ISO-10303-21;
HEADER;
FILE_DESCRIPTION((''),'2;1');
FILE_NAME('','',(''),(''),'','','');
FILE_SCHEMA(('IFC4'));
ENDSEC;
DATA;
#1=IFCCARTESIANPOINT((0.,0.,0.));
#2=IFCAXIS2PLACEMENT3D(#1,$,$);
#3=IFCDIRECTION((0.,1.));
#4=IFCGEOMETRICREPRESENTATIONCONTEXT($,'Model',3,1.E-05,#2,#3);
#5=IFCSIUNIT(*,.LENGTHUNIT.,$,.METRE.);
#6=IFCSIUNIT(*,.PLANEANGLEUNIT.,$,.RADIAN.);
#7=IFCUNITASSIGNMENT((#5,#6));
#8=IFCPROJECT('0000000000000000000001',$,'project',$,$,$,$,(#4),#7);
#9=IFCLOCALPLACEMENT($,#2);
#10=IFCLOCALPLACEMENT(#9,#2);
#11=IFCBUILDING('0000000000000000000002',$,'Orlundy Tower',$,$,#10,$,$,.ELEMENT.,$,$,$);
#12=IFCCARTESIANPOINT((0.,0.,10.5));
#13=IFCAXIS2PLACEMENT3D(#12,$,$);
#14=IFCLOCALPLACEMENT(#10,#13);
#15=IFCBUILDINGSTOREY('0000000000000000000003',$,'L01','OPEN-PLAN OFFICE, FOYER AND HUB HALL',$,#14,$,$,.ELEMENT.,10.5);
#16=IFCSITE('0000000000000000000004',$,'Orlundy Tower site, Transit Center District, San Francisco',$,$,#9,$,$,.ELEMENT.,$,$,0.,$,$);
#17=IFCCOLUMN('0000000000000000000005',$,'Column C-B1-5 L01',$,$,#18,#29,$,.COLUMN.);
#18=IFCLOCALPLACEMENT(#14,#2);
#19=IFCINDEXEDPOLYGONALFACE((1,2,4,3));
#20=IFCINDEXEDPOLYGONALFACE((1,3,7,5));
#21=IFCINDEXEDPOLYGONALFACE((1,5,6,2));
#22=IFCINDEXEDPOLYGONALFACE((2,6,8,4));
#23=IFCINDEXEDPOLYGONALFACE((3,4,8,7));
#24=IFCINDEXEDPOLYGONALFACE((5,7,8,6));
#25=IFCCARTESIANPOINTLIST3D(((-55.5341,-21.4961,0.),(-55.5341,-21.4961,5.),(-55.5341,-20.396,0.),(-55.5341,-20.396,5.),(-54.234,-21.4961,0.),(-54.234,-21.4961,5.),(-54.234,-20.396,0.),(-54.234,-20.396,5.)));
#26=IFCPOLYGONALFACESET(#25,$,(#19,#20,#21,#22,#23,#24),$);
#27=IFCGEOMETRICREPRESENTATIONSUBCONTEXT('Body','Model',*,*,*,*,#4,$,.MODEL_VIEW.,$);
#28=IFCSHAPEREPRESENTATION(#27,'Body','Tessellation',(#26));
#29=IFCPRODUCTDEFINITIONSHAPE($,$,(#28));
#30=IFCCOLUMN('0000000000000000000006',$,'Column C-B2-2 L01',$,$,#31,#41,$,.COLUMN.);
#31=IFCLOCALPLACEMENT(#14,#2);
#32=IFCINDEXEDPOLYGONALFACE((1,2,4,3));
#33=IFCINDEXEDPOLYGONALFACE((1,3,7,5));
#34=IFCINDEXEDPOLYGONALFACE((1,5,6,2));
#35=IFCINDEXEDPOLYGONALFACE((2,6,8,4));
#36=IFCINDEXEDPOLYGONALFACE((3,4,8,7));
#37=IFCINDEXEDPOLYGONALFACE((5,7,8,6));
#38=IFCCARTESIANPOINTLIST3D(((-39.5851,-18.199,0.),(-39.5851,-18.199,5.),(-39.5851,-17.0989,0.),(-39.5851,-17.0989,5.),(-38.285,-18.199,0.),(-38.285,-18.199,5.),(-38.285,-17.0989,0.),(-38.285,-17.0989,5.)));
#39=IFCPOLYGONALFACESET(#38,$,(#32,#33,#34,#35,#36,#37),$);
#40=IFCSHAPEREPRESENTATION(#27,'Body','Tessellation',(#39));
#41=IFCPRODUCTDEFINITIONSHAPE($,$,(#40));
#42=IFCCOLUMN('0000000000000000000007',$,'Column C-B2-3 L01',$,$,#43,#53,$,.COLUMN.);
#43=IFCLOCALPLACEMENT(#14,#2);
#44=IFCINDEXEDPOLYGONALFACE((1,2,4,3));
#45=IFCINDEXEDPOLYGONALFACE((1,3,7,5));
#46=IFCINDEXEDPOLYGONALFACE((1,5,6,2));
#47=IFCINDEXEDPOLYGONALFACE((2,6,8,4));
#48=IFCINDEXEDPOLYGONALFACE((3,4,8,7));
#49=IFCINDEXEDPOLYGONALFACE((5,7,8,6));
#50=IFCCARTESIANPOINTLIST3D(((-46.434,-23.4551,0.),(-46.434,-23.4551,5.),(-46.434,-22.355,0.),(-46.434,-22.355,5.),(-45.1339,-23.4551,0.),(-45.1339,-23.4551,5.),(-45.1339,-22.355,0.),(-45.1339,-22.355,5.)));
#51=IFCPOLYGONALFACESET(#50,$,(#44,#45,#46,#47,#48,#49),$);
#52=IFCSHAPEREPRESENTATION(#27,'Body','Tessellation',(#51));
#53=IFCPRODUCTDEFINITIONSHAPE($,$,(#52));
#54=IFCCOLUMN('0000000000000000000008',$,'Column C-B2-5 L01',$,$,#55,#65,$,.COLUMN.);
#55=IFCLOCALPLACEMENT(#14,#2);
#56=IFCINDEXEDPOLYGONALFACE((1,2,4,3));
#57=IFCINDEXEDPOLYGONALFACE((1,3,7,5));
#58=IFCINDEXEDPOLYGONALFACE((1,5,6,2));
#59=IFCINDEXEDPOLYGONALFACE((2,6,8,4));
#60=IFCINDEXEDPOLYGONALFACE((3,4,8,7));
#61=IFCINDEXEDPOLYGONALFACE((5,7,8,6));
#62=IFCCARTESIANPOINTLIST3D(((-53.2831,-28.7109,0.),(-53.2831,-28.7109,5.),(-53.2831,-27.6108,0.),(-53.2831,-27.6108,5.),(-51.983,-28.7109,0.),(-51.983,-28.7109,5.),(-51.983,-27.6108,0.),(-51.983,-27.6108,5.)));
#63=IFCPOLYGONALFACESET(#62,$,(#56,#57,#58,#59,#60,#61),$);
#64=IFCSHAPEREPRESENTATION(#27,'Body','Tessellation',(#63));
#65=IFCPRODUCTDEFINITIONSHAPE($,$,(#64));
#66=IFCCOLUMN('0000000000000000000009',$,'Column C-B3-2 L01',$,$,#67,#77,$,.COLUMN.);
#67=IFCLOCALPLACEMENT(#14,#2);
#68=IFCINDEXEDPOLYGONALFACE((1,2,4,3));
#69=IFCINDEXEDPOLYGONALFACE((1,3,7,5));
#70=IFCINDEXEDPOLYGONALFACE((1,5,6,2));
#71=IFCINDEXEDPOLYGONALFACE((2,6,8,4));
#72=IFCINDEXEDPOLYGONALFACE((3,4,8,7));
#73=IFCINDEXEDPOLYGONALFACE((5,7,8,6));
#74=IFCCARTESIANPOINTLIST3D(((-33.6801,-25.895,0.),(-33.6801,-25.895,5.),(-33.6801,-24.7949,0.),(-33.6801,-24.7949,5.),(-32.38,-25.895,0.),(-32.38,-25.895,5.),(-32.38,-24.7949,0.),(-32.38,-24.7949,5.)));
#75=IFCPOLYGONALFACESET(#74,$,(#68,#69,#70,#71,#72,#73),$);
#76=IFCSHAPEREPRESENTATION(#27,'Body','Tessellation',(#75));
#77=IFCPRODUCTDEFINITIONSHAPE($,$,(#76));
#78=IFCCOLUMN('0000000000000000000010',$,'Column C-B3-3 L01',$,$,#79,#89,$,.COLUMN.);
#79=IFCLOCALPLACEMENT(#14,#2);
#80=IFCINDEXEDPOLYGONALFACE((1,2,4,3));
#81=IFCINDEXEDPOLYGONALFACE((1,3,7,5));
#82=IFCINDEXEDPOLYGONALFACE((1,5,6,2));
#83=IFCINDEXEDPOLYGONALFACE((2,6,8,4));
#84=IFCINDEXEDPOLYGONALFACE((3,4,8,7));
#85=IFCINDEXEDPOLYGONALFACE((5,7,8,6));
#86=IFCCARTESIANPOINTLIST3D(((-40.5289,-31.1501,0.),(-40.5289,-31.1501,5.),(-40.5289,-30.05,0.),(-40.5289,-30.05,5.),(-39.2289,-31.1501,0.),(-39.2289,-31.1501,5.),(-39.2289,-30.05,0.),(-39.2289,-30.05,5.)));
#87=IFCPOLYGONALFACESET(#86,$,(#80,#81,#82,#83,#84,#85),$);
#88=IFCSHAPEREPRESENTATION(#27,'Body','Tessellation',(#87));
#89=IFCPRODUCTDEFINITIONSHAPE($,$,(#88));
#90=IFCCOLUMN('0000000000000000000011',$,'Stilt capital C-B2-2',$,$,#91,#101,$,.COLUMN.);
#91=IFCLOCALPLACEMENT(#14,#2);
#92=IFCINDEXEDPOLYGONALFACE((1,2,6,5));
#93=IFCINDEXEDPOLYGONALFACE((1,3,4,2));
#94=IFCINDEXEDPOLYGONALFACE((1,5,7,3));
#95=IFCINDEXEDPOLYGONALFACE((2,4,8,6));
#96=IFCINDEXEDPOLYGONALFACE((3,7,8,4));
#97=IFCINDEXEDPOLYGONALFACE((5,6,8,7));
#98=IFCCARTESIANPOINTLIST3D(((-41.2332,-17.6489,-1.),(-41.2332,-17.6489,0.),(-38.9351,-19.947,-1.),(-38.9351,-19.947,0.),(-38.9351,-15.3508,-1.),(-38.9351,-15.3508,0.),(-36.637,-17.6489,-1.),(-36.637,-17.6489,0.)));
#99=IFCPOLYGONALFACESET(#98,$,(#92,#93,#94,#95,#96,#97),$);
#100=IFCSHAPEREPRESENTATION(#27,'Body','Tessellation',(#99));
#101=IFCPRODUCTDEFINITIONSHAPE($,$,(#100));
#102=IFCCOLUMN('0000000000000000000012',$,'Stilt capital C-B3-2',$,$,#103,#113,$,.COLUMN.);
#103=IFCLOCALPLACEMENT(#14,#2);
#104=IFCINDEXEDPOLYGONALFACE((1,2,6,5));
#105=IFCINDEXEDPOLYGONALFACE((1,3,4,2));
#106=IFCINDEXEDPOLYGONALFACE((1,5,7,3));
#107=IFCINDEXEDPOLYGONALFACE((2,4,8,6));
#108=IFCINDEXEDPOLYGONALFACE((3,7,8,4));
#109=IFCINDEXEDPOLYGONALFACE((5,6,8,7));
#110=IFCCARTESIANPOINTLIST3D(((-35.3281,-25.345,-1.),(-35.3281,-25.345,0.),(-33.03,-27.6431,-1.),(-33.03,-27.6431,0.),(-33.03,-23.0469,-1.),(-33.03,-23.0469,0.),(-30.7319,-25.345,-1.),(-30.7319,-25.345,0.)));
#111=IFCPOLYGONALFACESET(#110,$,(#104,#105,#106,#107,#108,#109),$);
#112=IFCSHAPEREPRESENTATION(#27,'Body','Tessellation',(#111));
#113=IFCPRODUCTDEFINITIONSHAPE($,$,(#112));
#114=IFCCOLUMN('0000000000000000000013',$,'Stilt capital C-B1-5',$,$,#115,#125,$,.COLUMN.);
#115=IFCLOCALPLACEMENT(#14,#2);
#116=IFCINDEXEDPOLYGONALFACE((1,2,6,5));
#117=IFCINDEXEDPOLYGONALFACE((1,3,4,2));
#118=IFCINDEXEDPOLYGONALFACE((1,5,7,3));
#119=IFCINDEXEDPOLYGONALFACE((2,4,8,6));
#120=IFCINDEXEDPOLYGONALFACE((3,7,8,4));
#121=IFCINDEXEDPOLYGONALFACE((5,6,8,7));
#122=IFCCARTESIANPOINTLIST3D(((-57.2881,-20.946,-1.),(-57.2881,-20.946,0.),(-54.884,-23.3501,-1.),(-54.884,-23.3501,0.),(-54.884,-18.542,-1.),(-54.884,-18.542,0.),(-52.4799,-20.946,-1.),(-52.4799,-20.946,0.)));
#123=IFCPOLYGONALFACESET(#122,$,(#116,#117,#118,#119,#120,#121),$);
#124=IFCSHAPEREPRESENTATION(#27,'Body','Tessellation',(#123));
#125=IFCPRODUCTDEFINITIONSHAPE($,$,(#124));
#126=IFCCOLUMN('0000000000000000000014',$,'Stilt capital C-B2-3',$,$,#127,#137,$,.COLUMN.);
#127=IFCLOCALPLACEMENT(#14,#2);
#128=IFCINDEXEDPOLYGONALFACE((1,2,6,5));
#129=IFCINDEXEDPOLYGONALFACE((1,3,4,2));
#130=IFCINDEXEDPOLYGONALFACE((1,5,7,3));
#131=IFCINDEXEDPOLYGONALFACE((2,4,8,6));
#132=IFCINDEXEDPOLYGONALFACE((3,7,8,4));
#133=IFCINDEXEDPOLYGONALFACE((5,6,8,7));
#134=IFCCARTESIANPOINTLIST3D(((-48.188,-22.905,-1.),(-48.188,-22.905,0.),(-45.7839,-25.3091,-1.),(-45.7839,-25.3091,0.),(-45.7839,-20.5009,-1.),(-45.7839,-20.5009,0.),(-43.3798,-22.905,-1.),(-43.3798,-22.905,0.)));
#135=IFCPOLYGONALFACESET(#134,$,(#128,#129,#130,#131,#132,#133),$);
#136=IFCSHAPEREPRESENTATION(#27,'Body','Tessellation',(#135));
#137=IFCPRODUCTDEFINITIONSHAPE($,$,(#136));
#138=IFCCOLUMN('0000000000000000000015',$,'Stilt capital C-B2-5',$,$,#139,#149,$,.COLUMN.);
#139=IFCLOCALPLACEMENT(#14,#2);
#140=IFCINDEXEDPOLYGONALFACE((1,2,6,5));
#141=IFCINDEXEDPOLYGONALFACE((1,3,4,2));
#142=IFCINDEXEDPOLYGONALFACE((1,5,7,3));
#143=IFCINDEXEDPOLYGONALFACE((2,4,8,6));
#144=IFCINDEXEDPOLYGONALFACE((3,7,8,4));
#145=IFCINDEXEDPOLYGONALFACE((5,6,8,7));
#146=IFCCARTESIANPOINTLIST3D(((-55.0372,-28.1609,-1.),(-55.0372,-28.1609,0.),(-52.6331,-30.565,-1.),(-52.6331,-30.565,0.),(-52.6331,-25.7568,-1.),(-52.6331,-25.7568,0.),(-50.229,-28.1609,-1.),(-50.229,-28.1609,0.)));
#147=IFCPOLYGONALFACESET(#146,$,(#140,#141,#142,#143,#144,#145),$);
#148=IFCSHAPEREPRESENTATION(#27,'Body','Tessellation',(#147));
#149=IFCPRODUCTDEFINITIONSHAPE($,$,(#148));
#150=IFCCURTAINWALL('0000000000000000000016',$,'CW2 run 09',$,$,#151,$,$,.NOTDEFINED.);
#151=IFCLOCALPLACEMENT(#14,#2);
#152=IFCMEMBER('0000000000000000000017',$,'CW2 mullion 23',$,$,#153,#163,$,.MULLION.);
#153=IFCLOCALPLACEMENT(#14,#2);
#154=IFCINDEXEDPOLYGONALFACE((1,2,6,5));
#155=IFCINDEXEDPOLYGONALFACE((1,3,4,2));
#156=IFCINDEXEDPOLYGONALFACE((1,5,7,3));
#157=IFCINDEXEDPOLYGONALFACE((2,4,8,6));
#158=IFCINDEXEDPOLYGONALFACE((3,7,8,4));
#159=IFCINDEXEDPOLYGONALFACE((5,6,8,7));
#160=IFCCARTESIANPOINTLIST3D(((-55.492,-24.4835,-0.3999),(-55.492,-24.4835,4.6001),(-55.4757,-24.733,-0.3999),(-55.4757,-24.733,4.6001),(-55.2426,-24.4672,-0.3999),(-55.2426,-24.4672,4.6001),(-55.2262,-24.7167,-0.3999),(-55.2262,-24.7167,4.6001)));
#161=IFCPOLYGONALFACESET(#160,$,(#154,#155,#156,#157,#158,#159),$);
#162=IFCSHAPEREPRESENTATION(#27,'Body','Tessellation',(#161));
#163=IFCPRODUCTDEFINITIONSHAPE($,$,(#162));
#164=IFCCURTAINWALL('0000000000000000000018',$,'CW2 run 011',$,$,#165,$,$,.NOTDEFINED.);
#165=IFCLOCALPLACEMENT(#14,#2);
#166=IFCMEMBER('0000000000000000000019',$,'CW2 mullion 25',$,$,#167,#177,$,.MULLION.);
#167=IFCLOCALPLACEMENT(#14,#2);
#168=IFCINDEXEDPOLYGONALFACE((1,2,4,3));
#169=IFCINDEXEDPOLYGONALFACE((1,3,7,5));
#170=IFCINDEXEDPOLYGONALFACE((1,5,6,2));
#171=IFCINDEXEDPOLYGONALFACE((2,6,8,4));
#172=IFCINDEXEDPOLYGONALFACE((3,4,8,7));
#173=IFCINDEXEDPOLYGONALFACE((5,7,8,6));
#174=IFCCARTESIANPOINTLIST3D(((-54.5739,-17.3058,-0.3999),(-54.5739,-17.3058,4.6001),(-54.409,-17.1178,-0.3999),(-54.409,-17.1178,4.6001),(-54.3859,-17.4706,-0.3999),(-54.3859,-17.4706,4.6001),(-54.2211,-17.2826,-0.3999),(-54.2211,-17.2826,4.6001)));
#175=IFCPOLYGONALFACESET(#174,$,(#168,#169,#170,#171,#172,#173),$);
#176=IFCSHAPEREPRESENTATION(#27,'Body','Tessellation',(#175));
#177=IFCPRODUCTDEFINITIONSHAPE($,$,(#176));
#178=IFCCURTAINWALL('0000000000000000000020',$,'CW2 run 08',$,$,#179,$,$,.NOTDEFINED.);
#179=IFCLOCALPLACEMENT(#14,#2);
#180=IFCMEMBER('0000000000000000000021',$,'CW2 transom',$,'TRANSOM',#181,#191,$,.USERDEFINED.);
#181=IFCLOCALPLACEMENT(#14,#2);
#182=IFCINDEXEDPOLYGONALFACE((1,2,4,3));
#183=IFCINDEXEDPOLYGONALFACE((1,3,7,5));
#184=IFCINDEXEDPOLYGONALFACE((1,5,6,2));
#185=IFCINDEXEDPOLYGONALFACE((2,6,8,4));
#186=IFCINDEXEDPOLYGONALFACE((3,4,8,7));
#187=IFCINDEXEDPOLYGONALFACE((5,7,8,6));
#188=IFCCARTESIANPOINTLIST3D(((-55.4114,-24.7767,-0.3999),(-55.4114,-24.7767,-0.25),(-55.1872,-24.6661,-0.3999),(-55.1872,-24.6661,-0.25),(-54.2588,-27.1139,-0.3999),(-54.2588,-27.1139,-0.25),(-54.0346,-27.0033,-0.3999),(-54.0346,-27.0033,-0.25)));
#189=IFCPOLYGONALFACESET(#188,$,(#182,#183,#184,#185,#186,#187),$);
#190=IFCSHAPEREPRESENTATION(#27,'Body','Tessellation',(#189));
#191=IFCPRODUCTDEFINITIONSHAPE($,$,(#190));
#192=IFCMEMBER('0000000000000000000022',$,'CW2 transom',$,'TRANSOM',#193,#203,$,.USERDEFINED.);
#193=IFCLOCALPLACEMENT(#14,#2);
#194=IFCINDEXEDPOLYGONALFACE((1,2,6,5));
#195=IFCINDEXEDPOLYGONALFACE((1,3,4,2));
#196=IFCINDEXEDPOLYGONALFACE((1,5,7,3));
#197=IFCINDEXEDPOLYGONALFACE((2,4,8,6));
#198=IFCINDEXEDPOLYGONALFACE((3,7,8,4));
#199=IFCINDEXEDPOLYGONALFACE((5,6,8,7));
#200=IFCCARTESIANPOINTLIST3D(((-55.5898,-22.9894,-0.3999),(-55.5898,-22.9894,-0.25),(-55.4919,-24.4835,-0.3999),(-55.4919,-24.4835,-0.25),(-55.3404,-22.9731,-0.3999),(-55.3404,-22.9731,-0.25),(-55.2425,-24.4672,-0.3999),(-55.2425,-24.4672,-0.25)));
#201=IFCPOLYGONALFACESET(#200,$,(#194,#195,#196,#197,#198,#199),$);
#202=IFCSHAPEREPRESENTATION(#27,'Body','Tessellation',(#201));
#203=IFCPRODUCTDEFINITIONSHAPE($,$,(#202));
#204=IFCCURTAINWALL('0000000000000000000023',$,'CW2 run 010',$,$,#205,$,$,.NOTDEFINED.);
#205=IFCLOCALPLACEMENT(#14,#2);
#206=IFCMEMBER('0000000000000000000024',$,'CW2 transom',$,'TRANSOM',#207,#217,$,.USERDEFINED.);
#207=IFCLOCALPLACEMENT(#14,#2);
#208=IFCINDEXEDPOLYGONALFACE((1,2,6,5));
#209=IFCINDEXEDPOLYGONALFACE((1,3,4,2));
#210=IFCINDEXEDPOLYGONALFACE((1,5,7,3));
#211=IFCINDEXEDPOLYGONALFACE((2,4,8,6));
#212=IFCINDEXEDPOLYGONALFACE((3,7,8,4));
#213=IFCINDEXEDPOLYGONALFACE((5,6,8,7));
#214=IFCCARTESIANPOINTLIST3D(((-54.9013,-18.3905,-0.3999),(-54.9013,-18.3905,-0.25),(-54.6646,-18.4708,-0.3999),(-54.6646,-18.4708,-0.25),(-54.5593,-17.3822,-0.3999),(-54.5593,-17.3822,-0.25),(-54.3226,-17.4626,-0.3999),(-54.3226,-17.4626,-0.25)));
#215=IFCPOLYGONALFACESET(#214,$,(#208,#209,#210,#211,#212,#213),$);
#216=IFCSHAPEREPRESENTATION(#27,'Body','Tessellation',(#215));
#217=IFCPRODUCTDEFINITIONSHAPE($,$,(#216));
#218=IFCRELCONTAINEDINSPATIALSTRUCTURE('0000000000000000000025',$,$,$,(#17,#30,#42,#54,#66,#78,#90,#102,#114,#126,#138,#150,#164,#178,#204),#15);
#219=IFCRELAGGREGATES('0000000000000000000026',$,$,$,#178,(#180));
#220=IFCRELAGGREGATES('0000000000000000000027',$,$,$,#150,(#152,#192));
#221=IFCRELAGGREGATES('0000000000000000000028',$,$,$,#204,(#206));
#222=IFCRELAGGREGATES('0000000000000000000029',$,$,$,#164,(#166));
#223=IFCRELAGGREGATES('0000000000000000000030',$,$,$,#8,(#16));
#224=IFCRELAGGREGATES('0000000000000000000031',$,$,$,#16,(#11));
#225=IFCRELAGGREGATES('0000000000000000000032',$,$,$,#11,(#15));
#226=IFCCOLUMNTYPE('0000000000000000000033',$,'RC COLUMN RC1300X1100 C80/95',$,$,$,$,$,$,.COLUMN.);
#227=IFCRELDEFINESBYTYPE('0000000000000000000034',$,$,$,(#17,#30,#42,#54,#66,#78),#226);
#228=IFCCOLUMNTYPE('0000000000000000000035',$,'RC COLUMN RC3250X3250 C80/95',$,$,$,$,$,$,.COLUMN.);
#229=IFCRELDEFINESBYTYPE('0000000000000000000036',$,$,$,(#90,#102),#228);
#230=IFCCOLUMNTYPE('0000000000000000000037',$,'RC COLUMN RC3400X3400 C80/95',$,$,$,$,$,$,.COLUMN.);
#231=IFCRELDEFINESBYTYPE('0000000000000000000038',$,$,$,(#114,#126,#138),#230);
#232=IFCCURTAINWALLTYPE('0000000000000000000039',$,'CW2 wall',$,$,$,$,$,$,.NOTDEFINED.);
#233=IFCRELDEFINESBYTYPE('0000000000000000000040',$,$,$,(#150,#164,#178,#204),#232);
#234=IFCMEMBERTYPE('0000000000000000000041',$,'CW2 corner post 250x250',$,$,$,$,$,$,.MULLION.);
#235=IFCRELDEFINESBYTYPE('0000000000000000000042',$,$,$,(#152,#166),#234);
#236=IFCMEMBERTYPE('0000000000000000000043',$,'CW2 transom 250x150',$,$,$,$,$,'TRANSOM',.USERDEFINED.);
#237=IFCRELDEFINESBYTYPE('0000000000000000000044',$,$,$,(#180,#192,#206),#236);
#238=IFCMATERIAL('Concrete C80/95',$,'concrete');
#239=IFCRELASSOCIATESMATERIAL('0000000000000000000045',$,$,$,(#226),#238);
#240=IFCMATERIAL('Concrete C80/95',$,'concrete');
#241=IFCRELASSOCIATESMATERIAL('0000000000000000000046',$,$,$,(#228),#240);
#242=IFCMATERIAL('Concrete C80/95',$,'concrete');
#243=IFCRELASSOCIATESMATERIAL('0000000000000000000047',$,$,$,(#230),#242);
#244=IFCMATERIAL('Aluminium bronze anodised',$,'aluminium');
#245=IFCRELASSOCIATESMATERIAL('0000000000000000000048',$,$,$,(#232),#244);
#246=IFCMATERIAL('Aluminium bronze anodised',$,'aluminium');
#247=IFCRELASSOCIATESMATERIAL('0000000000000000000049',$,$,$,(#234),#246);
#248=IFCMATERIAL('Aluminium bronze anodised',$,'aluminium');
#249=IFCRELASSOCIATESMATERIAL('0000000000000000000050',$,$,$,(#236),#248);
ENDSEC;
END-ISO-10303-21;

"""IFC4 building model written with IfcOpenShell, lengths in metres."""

from ifc_helpers import new_model, si_unit, direction, frame, origin, origin_2d, place, context, subcontext, project, spatial, rectangle, extrude, material, material_profile, profile_set, type_object, element, aggregate, save


model = new_model("IFC4")

# Units and contexts
model_context = context("Model", 3, precision=1e-05, world=origin(), true_north=direction((0.0, 1.0)))
body_context = subcontext(model_context, "Body", "Model", "MODEL_VIEW")
ifc_project = project(units=[si_unit("LENGTHUNIT", "METRE"), si_unit("PLANEANGLEUNIT", "RADIAN")], contexts=[model_context])

# Site, building, storey
site_placement = place(None, origin())
site = spatial("IfcSite", under=ifc_project, at=site_placement, Name="Orlundy Tower site, Transit Center District, San Francisco", CompositionType="ELEMENT", RefElevation=0.0)
building_placement = place(site_placement, origin())
building = spatial("IfcBuilding", under=site, at=building_placement, Name="Orlundy Tower", CompositionType="ELEMENT")
storey_placement = place(building_placement, frame((0.0, 0.0, 10.5)))
storey = spatial("IfcBuildingStorey", under=building, at=storey_placement, Name="L01", Description="OPEN-PLAN OFFICE, FOYER AND HUB HALL", CompositionType="ELEMENT", Elevation=10.5)

# Columns
ifc_material_1 = material(Name="Concrete C80/95", Category="concrete")
ifc_material_profile_1 = material_profile(ifc_material_1, rectangle(XDim=1.3, YDim=1.1001, at=origin_2d()), Name="RC1300X1100")
ifc_profile_set_1 = profile_set([ifc_material_profile_1], Name="Concrete C80/95")
column_type_1 = type_object("IfcColumnType", Name="RC COLUMN RC1300X1100 C80/95", PredefinedType="COLUMN", material=ifc_profile_set_1)
for number, where, z_axis, x_axis, name in (
    (1, (-54.884, -20.946, 0.0), (0.0, 0.0, 1.0), (1.0, 0.0, 0.0), "Column C-B1-5 L01"),
    (2, (-38.9351, -17.6489, 0.0), (0.0, 0.0, 1.0), (1.0, 0.0, 0.0), "Column C-B2-2 L01"),
    (3, (-45.7839, -22.905, 0.0), (0.0, 0.0, 1.0), (1.0, 0.0, 0.0), "Column C-B2-3 L01"),
    (4, (-52.6331, -28.1609, 0.0), (0.0, 0.0, 1.0), (1.0, 0.0, 0.0), "Column C-B2-5 L01"),
    (5, (-33.03, -25.345, 0.0), (0.0, 0.0, 1.0), (1.0, 0.0, 0.0), "Column C-B3-2 L01"),
    (6, (-39.8789, -30.6001, 0.0), (0.0, 0.0, 1.0), (1.0, 0.0, 0.0), "Column C-B3-3 L01"),
):
    element("IfcColumn", number, at=place(storey_placement, frame(where, z_axis=z_axis, x_axis=x_axis)), inside=storey, type_object=column_type_1, Name=name, PredefinedType="COLUMN", context=body_context, shape_type="SweptSolid", body=[
        extrude(rectangle(XDim=1.3, YDim=1.1001, at=origin_2d()), origin(), (0.0, 0.0, 1.0), 5.0),
    ])
ifc_material_2 = material(Name="Concrete C80/95", Category="concrete")
ifc_material_profile_2 = material_profile(ifc_material_2, rectangle(XDim=3.25, YDim=3.25, at=origin_2d()), Name="RC3250X3250")
ifc_profile_set_2 = profile_set([ifc_material_profile_2], Name="Concrete C80/95")
column_type_2 = type_object("IfcColumnType", Name="RC COLUMN RC3250X3250 C80/95", PredefinedType="COLUMN", material=ifc_profile_set_2)
for number, where, z_axis, x_axis, name in (
    (7, (-38.9351, -17.6489, -1.0), (0.0, 0.0, 1.0), (0.707107, 0.707107, 0.0), "Stilt capital C-B2-2"),
    (8, (-33.03, -25.345, -1.0), (0.0, 0.0, 1.0), (0.707107, 0.707107, 0.0), "Stilt capital C-B3-2"),
):
    element("IfcColumn", number, at=place(storey_placement, frame(where, z_axis=z_axis, x_axis=x_axis)), inside=storey, type_object=column_type_2, Name=name, PredefinedType="COLUMN", context=body_context, shape_type="SweptSolid", body=[
        extrude(rectangle(XDim=3.25, YDim=3.25, at=origin_2d()), origin(), (0.0, 0.0, 1.0), 1.0),
    ])
ifc_material_3 = material(Name="Concrete C80/95", Category="concrete")
ifc_material_profile_3 = material_profile(ifc_material_3, rectangle(XDim=3.3999, YDim=3.3999, at=origin_2d()), Name="RC3400X3400")
ifc_profile_set_3 = profile_set([ifc_material_profile_3], Name="Concrete C80/95")
column_type_3 = type_object("IfcColumnType", Name="RC COLUMN RC3400X3400 C80/95", PredefinedType="COLUMN", material=ifc_profile_set_3)
for number, where, z_axis, x_axis, name in (
    (9, (-54.884, -20.946, -1.0), (0.0, 0.0, 1.0), (0.707107, 0.707107, 0.0), "Stilt capital C-B1-5"),
    (10, (-45.7839, -22.905, -1.0), (0.0, 0.0, 1.0), (0.707107, 0.707107, 0.0), "Stilt capital C-B2-3"),
    (11, (-52.6331, -28.1609, -1.0), (0.0, 0.0, 1.0), (0.707107, 0.707107, 0.0), "Stilt capital C-B2-5"),
):
    element("IfcColumn", number, at=place(storey_placement, frame(where, z_axis=z_axis, x_axis=x_axis)), inside=storey, type_object=column_type_3, Name=name, PredefinedType="COLUMN", context=body_context, shape_type="SweptSolid", body=[
        extrude(rectangle(XDim=3.3999, YDim=3.3999, at=origin_2d()), origin(), (0.0, 0.0, 1.0), 1.0),
    ])

# Curtain walls, members
ifc_material_4 = material(Name="Aluminium bronze anodised", Category="aluminium")
curtain_wall_type = type_object("IfcCurtainWallType", Name="CW2 wall", PredefinedType="NOTDEFINED", material=ifc_material_4)
curtain_wall_1_placement = place(storey_placement, origin())
curtain_wall_1 = element("IfcCurtainWall", 12, at=curtain_wall_1_placement, inside=storey, type_object=curtain_wall_type, Name="CW2 run 09", PredefinedType="NOTDEFINED")
ifc_material_5 = material(Name="Aluminium bronze anodised", Category="aluminium")
ifc_material_profile_4 = material_profile(ifc_material_5, rectangle(XDim=0.25, YDim=0.25, at=origin_2d()), Name="CW2 corner post 250x250")
ifc_profile_set_4 = profile_set([ifc_material_profile_4], Name="Aluminium bronze anodised")
member_type_1 = type_object("IfcMemberType", Name="CW2 corner post 250x250", PredefinedType="MULLION", material=ifc_profile_set_4)
member_1_placement = place(storey_placement, frame((-55.3591, -24.6001, -0.3999), z_axis=(0.0, 0.0, 1.0), x_axis=(-0.997867, -0.065284, 0.0)))
member_1 = element("IfcMember", 13, at=member_1_placement, type_object=member_type_1, Name="CW2 mullion 23", PredefinedType="MULLION", context=body_context, shape_type="SweptSolid", body=[
    extrude(rectangle(XDim=0.25, YDim=0.25, at=origin_2d()), origin(), (0.0, 0.0, 1.0), 5.0),
])
curtain_wall_2_placement = place(storey_placement, origin())
curtain_wall_2 = element("IfcCurtainWall", 14, at=curtain_wall_2_placement, inside=storey, type_object=curtain_wall_type, Name="CW2 run 011", PredefinedType="NOTDEFINED")
member_2_placement = place(storey_placement, frame((-54.3975, -17.2942, -0.3999), z_axis=(0.0, 0.0, 1.0), x_axis=(-0.751858, 0.659325, 0.0)))
member_2 = element("IfcMember", 15, at=member_2_placement, type_object=member_type_1, Name="CW2 mullion 25", PredefinedType="MULLION", context=body_context, shape_type="SweptSolid", body=[
    extrude(rectangle(XDim=0.25, YDim=0.25, at=origin_2d()), origin(), (0.0, 0.0, 1.0), 5.0),
])
curtain_wall_3_placement = place(storey_placement, origin())
curtain_wall_3 = element("IfcCurtainWall", 16, at=curtain_wall_3_placement, inside=storey, type_object=curtain_wall_type, Name="CW2 run 08", PredefinedType="NOTDEFINED")
ifc_material_6 = material(Name="Aluminium bronze anodised", Category="aluminium")
ifc_material_profile_5 = material_profile(ifc_material_6, rectangle(XDim=0.25, YDim=0.1499, at=origin_2d()), Name="CW2 transom 250x150")
ifc_profile_set_5 = profile_set([ifc_material_profile_5], Name="Aluminium bronze anodised")
member_type_2 = type_object("IfcMemberType", Name="CW2 transom 250x150", ElementType="TRANSOM", PredefinedType="USERDEFINED", material=ifc_profile_set_5)
member_3_placement = place(storey_placement, frame((-54.1467, -27.0586, -0.325), z_axis=(-0.442298, 0.896868, 0.0), x_axis=(-0.896868, -0.442298, 0.0)))
member_3 = element("IfcMember", 17, at=member_3_placement, type_object=member_type_2, Name="CW2 transom", ObjectType="TRANSOM", PredefinedType="USERDEFINED", context=body_context, shape_type="SweptSolid", body=[
    extrude(rectangle(XDim=0.25, YDim=0.1499, at=origin_2d()), origin(), (0.0, 0.0, 1.0), 2.606),
])

# Member
member_4_placement = place(storey_placement, frame((-55.3672, -24.4753, -0.325), z_axis=(-0.065383, 0.99786, 0.0), x_axis=(-0.99786, -0.065383, 0.0)))
member_4 = element("IfcMember", 18, at=member_4_placement, type_object=member_type_2, Name="CW2 transom", ObjectType="TRANSOM", PredefinedType="USERDEFINED", context=body_context, shape_type="SweptSolid", body=[
    extrude(rectangle(XDim=0.25, YDim=0.1499, at=origin_2d()), origin(), (0.0, 0.0, 1.0), 1.4973),
])

# Curtain wall, member
curtain_wall_4_placement = place(storey_placement, origin())
curtain_wall_4 = element("IfcCurtainWall", 19, at=curtain_wall_4_placement, inside=storey, type_object=curtain_wall_type, Name="CW2 run 010", PredefinedType="NOTDEFINED")
member_5_placement = place(storey_placement, frame((-54.783, -18.4307, -0.325), z_axis=(0.321245, 0.946996, 0.0), x_axis=(-0.946996, 0.321245, 0.0)))
member_5 = element("IfcMember", 20, at=member_5_placement, type_object=member_type_2, Name="CW2 transom", ObjectType="TRANSOM", PredefinedType="USERDEFINED", context=body_context, shape_type="SweptSolid", body=[
    extrude(rectangle(XDim=0.25, YDim=0.1499, at=origin_2d()), origin(), (0.0, 0.0, 1.0), 1.0647),
])

aggregate(curtain_wall_3, [member_3])
aggregate(curtain_wall_1, [member_1, member_4])
aggregate(curtain_wall_4, [member_5])
aggregate(curtain_wall_2, [member_2])

save(model, "model.ifc")
